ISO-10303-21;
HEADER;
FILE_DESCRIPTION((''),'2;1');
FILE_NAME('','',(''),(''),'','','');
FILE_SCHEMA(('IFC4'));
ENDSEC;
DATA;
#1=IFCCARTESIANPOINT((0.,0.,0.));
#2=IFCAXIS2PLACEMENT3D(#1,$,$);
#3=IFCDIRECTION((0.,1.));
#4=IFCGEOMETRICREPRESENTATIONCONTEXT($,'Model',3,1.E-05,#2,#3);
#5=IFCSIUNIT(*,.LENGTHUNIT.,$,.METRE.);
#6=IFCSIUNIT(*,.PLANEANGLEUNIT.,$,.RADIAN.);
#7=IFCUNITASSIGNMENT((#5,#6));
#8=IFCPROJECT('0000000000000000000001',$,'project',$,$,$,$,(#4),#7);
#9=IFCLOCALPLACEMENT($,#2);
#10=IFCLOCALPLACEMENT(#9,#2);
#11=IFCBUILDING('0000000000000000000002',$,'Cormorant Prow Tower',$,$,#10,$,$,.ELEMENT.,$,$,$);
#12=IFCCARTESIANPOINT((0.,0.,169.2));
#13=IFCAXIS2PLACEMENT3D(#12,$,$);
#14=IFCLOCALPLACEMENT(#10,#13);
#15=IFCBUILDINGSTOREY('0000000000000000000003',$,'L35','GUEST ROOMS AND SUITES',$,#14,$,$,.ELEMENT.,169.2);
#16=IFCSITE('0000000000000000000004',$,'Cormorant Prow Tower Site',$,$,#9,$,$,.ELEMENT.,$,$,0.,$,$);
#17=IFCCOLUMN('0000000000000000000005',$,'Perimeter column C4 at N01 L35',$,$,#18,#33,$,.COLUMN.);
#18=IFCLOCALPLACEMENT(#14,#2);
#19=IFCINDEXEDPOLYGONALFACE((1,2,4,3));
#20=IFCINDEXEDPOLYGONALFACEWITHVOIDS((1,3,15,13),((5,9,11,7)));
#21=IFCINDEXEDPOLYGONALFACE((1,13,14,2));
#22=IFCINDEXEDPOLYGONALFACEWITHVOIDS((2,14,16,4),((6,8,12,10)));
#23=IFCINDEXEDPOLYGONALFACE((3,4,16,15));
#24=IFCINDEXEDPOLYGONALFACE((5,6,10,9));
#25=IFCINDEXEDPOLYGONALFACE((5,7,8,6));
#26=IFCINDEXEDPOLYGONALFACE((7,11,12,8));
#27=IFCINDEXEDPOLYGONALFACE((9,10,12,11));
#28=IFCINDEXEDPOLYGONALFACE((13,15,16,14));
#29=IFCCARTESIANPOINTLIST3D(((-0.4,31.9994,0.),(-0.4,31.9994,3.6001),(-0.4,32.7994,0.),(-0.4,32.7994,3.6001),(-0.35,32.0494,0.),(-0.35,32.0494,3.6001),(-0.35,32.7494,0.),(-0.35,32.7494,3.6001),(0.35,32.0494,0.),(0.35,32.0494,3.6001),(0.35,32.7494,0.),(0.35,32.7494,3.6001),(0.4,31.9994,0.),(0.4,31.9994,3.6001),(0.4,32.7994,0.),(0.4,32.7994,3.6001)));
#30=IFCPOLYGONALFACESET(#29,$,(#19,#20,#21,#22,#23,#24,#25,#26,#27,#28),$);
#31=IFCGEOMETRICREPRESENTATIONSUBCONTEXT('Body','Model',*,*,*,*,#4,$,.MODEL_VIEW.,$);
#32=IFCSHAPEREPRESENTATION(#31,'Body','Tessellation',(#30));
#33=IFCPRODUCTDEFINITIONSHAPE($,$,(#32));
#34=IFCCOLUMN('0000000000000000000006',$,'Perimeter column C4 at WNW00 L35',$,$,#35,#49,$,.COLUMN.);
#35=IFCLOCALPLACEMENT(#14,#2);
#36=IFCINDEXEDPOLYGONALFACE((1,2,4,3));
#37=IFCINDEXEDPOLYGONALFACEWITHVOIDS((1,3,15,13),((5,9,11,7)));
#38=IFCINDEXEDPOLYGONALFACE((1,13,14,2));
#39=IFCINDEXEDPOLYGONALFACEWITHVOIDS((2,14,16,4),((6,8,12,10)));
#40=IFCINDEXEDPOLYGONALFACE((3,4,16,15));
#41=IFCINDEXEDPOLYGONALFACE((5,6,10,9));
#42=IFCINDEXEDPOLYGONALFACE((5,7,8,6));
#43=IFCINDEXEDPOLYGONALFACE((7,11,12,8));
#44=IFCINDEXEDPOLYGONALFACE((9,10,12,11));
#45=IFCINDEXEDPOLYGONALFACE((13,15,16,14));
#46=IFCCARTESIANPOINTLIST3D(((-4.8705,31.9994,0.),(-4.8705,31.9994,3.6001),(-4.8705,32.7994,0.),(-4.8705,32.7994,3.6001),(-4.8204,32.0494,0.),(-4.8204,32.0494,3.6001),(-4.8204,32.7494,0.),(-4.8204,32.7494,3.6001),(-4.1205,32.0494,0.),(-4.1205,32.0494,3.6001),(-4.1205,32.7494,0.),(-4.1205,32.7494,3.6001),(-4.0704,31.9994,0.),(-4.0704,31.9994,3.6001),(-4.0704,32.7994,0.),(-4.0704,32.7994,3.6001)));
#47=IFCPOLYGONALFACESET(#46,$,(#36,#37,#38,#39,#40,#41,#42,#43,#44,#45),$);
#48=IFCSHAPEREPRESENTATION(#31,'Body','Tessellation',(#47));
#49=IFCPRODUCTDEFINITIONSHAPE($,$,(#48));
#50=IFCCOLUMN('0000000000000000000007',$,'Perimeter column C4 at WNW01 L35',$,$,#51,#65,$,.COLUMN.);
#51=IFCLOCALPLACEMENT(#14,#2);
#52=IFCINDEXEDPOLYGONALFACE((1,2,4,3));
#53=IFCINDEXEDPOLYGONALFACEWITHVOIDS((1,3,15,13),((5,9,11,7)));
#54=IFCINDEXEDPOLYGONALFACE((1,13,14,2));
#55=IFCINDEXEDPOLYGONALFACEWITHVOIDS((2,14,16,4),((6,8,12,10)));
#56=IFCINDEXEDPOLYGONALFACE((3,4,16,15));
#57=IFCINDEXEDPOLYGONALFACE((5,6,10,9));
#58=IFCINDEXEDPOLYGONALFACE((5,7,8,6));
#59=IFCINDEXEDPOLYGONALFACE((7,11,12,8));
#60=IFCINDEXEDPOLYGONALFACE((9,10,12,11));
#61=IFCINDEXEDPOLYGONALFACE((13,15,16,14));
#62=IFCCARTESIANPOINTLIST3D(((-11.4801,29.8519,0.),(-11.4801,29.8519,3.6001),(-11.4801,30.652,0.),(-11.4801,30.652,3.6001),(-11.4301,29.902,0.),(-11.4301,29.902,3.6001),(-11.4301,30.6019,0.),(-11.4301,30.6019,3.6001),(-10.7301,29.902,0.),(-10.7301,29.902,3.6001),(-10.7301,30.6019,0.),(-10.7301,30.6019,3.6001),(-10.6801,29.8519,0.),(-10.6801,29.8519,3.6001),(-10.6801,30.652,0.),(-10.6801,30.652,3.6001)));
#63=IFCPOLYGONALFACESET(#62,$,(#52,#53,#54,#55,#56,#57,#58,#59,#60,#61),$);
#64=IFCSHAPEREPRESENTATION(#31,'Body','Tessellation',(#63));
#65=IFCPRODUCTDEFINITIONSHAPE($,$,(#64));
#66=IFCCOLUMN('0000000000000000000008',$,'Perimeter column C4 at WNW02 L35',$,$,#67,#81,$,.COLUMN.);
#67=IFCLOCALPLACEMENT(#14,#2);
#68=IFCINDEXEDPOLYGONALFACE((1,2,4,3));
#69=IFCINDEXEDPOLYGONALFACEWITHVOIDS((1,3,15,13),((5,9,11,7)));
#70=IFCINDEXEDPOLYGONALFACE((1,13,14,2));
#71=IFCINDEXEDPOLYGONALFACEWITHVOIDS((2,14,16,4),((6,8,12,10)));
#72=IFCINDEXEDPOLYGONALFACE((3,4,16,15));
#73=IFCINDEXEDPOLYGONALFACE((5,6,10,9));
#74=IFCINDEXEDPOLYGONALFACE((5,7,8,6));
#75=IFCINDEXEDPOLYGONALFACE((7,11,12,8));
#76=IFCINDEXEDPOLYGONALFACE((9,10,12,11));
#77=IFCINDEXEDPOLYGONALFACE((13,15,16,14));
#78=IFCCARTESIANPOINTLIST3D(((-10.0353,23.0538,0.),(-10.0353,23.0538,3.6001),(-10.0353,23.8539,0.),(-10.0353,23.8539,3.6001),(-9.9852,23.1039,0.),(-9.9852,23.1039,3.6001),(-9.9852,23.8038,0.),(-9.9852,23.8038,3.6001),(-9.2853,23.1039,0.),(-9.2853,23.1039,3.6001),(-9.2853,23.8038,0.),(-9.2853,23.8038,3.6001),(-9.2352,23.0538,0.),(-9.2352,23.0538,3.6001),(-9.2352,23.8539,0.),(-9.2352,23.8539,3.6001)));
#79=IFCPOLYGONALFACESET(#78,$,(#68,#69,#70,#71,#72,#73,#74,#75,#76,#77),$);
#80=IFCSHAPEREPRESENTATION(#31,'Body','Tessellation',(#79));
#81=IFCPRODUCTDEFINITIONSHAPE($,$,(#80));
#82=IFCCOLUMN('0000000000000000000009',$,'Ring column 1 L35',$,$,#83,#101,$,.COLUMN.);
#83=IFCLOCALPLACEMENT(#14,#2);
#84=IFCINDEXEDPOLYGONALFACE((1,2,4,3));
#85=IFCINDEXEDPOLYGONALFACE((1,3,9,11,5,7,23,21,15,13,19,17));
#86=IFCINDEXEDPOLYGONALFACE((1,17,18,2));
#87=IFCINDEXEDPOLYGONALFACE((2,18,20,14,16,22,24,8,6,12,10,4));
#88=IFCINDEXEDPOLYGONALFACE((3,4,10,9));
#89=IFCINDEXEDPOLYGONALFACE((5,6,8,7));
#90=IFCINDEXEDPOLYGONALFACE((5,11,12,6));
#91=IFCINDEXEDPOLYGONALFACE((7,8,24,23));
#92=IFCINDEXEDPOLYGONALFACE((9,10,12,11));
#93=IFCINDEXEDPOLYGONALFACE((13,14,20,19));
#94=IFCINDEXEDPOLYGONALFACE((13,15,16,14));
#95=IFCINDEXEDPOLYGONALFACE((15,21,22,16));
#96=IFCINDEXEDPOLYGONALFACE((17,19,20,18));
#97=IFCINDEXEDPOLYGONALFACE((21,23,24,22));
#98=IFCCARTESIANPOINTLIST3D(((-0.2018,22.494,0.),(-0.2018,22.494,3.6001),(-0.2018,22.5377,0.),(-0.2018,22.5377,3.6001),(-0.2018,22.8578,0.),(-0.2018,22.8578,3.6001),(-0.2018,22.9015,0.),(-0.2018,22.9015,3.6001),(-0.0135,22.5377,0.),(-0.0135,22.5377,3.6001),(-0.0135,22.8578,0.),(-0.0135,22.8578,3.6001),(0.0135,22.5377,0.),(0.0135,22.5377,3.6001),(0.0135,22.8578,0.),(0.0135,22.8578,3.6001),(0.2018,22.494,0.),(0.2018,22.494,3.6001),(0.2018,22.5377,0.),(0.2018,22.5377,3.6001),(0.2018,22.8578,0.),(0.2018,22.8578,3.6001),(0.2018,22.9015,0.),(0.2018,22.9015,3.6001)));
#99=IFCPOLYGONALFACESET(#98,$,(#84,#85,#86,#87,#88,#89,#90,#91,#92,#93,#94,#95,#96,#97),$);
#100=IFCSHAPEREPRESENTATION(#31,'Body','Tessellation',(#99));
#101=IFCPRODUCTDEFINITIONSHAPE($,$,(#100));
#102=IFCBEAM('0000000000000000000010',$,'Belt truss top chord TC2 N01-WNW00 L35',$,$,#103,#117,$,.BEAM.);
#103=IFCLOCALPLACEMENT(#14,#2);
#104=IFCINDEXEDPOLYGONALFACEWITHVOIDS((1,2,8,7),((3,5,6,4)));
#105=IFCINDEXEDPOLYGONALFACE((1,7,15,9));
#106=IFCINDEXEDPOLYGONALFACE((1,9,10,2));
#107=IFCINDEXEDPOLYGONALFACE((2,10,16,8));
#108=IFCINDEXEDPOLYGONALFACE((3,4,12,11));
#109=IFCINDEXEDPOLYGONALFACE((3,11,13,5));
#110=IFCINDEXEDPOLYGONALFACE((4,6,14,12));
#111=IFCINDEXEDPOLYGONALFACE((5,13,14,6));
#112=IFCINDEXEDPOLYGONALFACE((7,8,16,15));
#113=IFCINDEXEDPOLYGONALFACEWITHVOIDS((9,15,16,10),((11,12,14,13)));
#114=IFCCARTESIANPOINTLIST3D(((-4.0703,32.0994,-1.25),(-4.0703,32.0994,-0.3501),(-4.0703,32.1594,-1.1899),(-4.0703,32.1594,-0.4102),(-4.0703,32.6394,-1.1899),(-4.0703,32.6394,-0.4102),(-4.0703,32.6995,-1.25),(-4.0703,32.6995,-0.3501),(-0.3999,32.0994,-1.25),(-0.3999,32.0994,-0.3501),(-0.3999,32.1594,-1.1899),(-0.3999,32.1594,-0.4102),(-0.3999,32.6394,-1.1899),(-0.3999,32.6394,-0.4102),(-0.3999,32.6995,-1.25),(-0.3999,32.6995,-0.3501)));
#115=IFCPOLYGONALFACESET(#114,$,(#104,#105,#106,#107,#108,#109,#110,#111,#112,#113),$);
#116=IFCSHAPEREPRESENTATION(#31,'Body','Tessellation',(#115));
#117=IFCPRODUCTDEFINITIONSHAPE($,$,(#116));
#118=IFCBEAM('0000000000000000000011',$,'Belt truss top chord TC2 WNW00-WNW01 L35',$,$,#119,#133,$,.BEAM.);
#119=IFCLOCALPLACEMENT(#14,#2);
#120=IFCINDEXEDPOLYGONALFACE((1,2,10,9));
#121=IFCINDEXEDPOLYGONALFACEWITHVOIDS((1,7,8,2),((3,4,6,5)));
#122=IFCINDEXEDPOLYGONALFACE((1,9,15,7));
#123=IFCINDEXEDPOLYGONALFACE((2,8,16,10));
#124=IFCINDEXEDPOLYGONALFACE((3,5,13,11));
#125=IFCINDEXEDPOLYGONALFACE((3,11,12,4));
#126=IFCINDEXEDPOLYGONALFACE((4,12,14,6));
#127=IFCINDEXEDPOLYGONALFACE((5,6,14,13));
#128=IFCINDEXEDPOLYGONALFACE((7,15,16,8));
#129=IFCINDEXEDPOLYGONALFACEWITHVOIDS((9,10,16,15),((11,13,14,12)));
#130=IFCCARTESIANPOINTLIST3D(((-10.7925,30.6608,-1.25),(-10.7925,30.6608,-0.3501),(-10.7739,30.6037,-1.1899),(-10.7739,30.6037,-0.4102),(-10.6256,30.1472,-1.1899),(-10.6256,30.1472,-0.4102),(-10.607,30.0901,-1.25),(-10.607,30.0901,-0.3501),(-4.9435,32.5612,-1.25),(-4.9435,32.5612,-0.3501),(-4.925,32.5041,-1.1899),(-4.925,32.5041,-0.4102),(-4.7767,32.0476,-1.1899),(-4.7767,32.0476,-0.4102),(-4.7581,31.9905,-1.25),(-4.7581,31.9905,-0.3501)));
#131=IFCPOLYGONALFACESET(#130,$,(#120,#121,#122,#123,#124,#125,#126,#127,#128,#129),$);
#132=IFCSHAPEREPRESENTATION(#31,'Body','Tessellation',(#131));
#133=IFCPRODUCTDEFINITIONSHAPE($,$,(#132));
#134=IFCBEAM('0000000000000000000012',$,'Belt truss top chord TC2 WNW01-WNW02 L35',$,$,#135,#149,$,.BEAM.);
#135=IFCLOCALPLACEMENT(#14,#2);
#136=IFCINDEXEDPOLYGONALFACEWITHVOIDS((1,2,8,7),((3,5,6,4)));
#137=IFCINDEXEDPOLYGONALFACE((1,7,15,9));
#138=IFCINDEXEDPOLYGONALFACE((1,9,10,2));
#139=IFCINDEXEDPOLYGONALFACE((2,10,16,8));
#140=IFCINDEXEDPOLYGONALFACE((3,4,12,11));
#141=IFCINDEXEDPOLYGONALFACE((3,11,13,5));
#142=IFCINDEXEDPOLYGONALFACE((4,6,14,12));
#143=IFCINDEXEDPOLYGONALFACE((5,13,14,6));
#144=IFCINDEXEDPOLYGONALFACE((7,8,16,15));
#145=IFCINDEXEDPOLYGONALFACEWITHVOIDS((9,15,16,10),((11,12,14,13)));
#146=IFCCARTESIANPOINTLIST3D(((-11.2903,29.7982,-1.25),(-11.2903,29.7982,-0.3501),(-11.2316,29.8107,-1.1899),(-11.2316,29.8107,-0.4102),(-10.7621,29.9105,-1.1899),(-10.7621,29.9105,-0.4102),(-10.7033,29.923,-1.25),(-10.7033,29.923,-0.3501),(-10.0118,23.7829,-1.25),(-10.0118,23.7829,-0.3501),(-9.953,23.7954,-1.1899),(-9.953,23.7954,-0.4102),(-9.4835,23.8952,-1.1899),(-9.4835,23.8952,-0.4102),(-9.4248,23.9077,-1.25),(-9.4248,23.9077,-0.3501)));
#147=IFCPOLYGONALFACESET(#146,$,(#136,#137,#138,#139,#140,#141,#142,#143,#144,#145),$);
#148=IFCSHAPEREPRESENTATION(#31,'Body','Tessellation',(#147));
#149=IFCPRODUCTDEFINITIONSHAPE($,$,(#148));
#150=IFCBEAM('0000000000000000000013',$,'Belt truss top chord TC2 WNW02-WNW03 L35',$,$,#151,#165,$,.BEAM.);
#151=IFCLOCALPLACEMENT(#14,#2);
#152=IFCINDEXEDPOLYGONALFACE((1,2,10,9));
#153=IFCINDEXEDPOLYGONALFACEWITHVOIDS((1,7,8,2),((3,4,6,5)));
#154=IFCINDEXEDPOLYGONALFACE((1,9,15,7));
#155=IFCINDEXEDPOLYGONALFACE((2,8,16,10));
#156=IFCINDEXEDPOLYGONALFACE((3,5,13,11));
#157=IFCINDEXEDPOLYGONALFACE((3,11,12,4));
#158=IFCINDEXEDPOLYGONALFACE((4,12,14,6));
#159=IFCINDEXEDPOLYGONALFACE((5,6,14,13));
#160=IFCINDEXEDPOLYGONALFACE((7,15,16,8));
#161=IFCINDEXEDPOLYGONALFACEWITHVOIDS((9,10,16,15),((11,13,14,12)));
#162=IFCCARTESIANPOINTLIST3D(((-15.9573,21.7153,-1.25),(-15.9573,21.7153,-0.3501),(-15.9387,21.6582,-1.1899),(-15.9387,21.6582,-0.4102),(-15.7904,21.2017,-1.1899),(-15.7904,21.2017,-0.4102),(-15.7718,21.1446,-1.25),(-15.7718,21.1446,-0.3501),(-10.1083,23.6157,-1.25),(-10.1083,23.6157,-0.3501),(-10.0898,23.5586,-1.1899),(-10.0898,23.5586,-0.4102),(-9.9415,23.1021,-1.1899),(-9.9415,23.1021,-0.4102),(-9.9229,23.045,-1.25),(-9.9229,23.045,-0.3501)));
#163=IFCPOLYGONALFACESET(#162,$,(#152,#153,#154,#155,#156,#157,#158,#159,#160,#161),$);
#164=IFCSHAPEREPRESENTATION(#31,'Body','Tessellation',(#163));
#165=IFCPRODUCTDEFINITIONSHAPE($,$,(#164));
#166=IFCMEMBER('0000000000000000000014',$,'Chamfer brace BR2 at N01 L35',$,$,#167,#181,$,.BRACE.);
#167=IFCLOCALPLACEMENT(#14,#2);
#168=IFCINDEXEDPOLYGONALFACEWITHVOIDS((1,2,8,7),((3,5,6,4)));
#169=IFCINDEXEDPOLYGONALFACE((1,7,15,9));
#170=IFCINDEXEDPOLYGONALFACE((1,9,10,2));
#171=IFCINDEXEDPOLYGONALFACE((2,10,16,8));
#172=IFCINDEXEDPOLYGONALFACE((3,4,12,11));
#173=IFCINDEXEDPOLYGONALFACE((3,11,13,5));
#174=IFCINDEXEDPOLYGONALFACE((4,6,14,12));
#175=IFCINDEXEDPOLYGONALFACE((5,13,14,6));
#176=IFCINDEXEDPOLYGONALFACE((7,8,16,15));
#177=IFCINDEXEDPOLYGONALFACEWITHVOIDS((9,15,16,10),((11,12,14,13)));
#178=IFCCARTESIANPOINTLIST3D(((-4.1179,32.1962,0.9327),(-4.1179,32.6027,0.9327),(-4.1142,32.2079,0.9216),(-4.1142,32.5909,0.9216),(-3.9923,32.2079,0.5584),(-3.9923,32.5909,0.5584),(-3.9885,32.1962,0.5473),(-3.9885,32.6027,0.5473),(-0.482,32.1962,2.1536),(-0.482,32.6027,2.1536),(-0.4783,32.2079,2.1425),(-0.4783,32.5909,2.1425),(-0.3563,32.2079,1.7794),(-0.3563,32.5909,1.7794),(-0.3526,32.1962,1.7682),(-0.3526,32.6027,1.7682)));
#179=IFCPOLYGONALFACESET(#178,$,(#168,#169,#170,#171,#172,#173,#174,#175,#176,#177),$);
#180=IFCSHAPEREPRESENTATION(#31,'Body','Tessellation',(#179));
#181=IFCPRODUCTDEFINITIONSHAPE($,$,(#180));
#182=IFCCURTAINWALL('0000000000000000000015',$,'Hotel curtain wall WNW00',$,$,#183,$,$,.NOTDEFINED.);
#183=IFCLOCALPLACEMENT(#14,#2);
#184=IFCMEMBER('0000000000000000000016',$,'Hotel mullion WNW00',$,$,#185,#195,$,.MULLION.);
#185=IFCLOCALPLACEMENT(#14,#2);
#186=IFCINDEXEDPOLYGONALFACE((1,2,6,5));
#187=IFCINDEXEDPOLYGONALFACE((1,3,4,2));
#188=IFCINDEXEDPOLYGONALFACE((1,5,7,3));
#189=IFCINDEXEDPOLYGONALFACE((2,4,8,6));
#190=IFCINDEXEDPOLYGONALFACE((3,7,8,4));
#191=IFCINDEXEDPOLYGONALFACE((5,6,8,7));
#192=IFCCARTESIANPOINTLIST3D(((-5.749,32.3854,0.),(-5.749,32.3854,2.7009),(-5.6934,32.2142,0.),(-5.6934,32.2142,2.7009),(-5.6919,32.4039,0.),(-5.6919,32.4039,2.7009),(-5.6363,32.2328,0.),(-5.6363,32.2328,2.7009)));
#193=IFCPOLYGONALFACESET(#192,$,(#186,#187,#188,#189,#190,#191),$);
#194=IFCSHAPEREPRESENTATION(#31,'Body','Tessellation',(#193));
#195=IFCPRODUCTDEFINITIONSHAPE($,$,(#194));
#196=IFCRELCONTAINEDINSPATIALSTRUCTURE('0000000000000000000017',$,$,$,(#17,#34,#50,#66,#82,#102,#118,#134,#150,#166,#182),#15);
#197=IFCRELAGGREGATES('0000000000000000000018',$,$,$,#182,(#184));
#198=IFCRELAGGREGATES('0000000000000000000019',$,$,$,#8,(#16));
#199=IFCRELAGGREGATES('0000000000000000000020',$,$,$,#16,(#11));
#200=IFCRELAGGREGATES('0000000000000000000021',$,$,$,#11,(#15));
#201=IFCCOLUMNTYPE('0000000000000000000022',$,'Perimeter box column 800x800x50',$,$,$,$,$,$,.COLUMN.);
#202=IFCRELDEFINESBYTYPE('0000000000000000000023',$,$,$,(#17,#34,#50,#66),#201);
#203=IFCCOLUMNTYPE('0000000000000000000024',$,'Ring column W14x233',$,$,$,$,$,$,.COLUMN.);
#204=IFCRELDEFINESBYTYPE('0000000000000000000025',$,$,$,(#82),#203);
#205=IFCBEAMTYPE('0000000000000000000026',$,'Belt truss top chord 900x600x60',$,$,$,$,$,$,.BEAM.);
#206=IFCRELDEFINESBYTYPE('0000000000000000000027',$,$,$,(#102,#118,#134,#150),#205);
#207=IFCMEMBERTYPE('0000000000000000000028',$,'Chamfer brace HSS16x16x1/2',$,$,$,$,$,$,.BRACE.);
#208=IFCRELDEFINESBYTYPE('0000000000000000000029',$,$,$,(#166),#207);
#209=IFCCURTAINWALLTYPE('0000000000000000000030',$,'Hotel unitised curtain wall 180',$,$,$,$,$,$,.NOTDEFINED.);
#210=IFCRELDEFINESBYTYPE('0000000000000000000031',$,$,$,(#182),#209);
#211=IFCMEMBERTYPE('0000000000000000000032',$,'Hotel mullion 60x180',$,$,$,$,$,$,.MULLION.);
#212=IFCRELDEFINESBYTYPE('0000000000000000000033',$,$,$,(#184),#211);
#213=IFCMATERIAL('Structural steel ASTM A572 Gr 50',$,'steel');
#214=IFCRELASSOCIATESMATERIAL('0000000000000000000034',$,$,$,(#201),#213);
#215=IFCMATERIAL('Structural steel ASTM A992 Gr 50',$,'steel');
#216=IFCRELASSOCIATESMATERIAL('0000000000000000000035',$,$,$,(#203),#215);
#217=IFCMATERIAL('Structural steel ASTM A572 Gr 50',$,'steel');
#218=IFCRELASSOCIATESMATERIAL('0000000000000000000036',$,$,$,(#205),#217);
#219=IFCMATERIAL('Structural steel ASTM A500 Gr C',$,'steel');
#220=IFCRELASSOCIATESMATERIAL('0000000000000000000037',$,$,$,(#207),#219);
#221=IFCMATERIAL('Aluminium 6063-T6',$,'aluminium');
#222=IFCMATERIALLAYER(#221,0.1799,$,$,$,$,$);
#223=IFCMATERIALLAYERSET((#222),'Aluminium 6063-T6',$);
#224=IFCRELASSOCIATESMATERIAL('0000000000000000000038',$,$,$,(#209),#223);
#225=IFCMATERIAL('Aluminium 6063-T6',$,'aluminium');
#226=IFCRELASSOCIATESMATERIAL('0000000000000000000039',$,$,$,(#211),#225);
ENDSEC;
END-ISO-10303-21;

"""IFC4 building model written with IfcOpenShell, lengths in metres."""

from ifc_helpers import new_model, si_unit, direction, frame, origin, origin_2d, place, context, subcontext, project, spatial, rectangle, hollow_rectangle, i_section, extrude, material, layer, layer_set, material_profile, profile_set, type_object, element, aggregate, save


model = new_model("IFC4")

# Units and contexts
model_context = context("Model", 3, precision=1e-05, world=origin(), true_north=direction((0.0, 1.0)))
body_context = subcontext(model_context, "Body", "Model", "MODEL_VIEW")
ifc_project = project(units=[si_unit("LENGTHUNIT", "METRE"), si_unit("PLANEANGLEUNIT", "RADIAN")], contexts=[model_context])

# Site, building, storey
site_placement = place(None, origin())
site = spatial("IfcSite", under=ifc_project, at=site_placement, Name="Cormorant Prow Tower Site", CompositionType="ELEMENT", RefElevation=0.0)
building_placement = place(site_placement, origin())
building = spatial("IfcBuilding", under=site, at=building_placement, Name="Cormorant Prow Tower", CompositionType="ELEMENT")
storey_placement = place(building_placement, frame((0.0, 0.0, 169.2)))
storey = spatial("IfcBuildingStorey", under=building, at=storey_placement, Name="L35", Description="GUEST ROOMS AND SUITES", CompositionType="ELEMENT", Elevation=169.2)

# Columns
ifc_material_1 = material(Name="Structural steel ASTM A572 Gr 50", Category="steel")
ifc_material_profile_1 = material_profile(ifc_material_1, hollow_rectangle(XDim=0.8, YDim=0.8, WallThickness=0.05, at=origin_2d()), Name="Box 800x800x50")
ifc_profile_set_1 = profile_set([ifc_material_profile_1], Name="Structural steel ASTM A572 Gr 50")
column_type_1 = type_object("IfcColumnType", Name="Perimeter box column 800x800x50", PredefinedType="COLUMN", material=ifc_profile_set_1)
for number, where, z_axis, x_axis, name in (
    (1, (0.0, 32.3994, 0.0), (0.0, 0.0, 1.0), (1.0, 0.0, 0.0), "Perimeter column C4 at N01 L35"),
    (2, (-4.4705, 32.3994, 0.0), (0.0, 0.0, 1.0), (1.0, 0.0, 0.0), "Perimeter column C4 at WNW00 L35"),
    (3, (-11.0801, 30.252, 0.0), (0.0, 0.0, 1.0), (1.0, 0.0, 0.0), "Perimeter column C4 at WNW01 L35"),
    (4, (-9.6353, 23.4539, 0.0), (0.0, 0.0, 1.0), (1.0, 0.0, 0.0), "Perimeter column C4 at WNW02 L35"),
):
    element("IfcColumn", number, at=place(storey_placement, frame(where, z_axis=z_axis, x_axis=x_axis)), inside=storey, type_object=column_type_1, Name=name, PredefinedType="COLUMN", context=body_context, shape_type="SweptSolid", body=[
        extrude(hollow_rectangle(XDim=0.8, YDim=0.8, WallThickness=0.05, at=origin_2d()), origin(), (0.0, 0.0, 1.0), 3.6001),
    ])
ifc_material_2 = material(Name="Structural steel ASTM A992 Gr 50", Category="steel")
ifc_material_profile_2 = material_profile(ifc_material_2, i_section(OverallWidth=0.4036, OverallDepth=0.4075, WebThickness=0.0271, FlangeThickness=0.0437, at=origin_2d()), Name="W14x233")
ifc_profile_set_2 = profile_set([ifc_material_profile_2], Name="Structural steel ASTM A992 Gr 50")
column_type_2 = type_object("IfcColumnType", Name="Ring column W14x233", PredefinedType="COLUMN", material=ifc_profile_set_2)
column_placement = place(storey_placement, frame((0.0, 22.6978, 0.0), z_axis=(0.0, 0.0, 1.0), x_axis=(1.0, 0.0, 0.0)))
element("IfcColumn", 5, at=column_placement, inside=storey, type_object=column_type_2, Name="Ring column 1 L35", PredefinedType="COLUMN", context=body_context, shape_type="SweptSolid", body=[
    extrude(i_section(OverallWidth=0.4036, OverallDepth=0.4075, WebThickness=0.0271, FlangeThickness=0.0437, at=origin_2d()), origin(), (0.0, 0.0, 1.0), 3.6001),
])

# Beams
ifc_material_3 = material(Name="Structural steel ASTM A572 Gr 50", Category="steel")
ifc_material_profile_3 = material_profile(ifc_material_3, hollow_rectangle(XDim=0.6001, YDim=0.8999, WallThickness=0.0601, at=origin_2d()), Name="Box 900x600x60")
ifc_profile_set_3 = profile_set([ifc_material_profile_3], Name="Structural steel ASTM A572 Gr 50")
beam_type = type_object("IfcBeamType", Name="Belt truss top chord 900x600x60", PredefinedType="BEAM", material=ifc_profile_set_3)
beam_1_placement = place(storey_placement, frame((-0.3999, 32.3994, -0.8), z_axis=(-1.0, 0.0, 0.0), x_axis=(0.0, -1.0, 0.0)))
element("IfcBeam", 6, at=beam_1_placement, inside=storey, type_object=beam_type, Name="Belt truss top chord TC2 N01-WNW00 L35", PredefinedType="BEAM", context=body_context, shape_type="SweptSolid", body=[
    extrude(hollow_rectangle(XDim=0.6001, YDim=0.8999, WallThickness=0.0601, at=origin_2d()), origin(), (0.0, 0.0, 1.0), 3.6704),
])
beam_2_placement = place(storey_placement, frame((-4.8508, 32.2759, -0.8), z_axis=(-0.951058, -0.309013, 0.0), x_axis=(0.309013, -0.951058, 0.0)))
element("IfcBeam", 7, at=beam_2_placement, inside=storey, type_object=beam_type, Name="Belt truss top chord TC2 WNW00-WNW01 L35", PredefinedType="BEAM", context=body_context, shape_type="SweptSolid", body=[
    extrude(hollow_rectangle(XDim=0.6001, YDim=0.8999, WallThickness=0.0601, at=origin_2d()), origin(), (0.0, 0.0, 1.0), 6.1499),
])
beam_3_placement = place(storey_placement, frame((-10.9968, 29.8606, -0.8), z_axis=(0.207905, -0.978149, 0.0), x_axis=(0.978149, 0.207905, 0.0)))
element("IfcBeam", 8, at=beam_3_placement, inside=storey, type_object=beam_type, Name="Belt truss top chord TC2 WNW01-WNW02 L35", PredefinedType="BEAM", context=body_context, shape_type="SweptSolid", body=[
    extrude(hollow_rectangle(XDim=0.6001, YDim=0.8999, WallThickness=0.0601, at=origin_2d()), origin(), (0.0, 0.0, 1.0), 6.1497),
])
beam_4_placement = place(storey_placement, frame((-10.0156, 23.3303, -0.8), z_axis=(-0.951058, -0.309013, 0.0), x_axis=(0.309013, -0.951058, 0.0)))
element("IfcBeam", 9, at=beam_4_placement, inside=storey, type_object=beam_type, Name="Belt truss top chord TC2 WNW02-WNW03 L35", PredefinedType="BEAM", context=body_context, shape_type="SweptSolid", body=[
    extrude(hollow_rectangle(XDim=0.6001, YDim=0.8999, WallThickness=0.0601, at=origin_2d()), origin(), (0.0, 0.0, 1.0), 6.1499),
])

# Member
ifc_material_4 = material(Name="Structural steel ASTM A500 Gr C", Category="steel")
ifc_material_profile_4 = material_profile(ifc_material_4, hollow_rectangle(XDim=0.4065, YDim=0.4065, WallThickness=0.0117, at=origin_2d()), Name="HSS16x16x1/2")
ifc_profile_set_4 = profile_set([ifc_material_profile_4], Name="Structural steel ASTM A500 Gr C")
member_type_1 = type_object("IfcMemberType", Name="Chamfer brace HSS16x16x1/2", PredefinedType="BRACE", material=ifc_profile_set_4)
member_1_placement = place(storey_placement, frame((-4.0532, 32.3994, 0.74), z_axis=(0.947981, 0.0, 0.318328), x_axis=(0.0, 1.0, 0.0)))
element("IfcMember", 10, at=member_1_placement, inside=storey, type_object=member_type_1, Name="Chamfer brace BR2 at N01 L35", PredefinedType="BRACE", context=body_context, shape_type="SweptSolid", body=[
    extrude(hollow_rectangle(XDim=0.4065, YDim=0.4065, WallThickness=0.0117, at=origin_2d()), origin(), (0.0, 0.0, 1.0), 3.8354),
])

# Curtain wall, member
ifc_material_5 = material(Name="Aluminium 6063-T6", Category="aluminium")
ifc_layer_1 = layer(ifc_material_5, 0.1799)
ifc_layer_set_1 = layer_set([ifc_layer_1], Name="Aluminium 6063-T6")
curtain_wall_type = type_object("IfcCurtainWallType", Name="Hotel unitised curtain wall 180", PredefinedType="NOTDEFINED", material=ifc_layer_set_1)
curtain_wall_1_placement = place(storey_placement, origin())
curtain_wall_1 = element("IfcCurtainWall", 11, at=curtain_wall_1_placement, inside=storey, type_object=curtain_wall_type, Name="Hotel curtain wall WNW00", PredefinedType="NOTDEFINED")
ifc_material_6 = material(Name="Aluminium 6063-T6", Category="aluminium")
ifc_material_profile_5 = material_profile(ifc_material_6, rectangle(XDim=0.1799, YDim=0.0601, at=origin_2d()), Name="Hotel mullion 60x180")
ifc_profile_set_5 = profile_set([ifc_material_profile_5], Name="Aluminium 6063-T6")
member_type_2 = type_object("IfcMemberType", Name="Hotel mullion 60x180", PredefinedType="MULLION", material=ifc_profile_set_5)
member_2_placement = place(storey_placement, frame((-5.6926, 32.3091, 0.0), z_axis=(0.0, 0.0, 1.0), x_axis=(0.309017, -0.951056, 0.0)))
member_2 = element("IfcMember", 12, at=member_2_placement, type_object=member_type_2, Name="Hotel mullion WNW00", PredefinedType="MULLION", context=body_context, shape_type="SweptSolid", body=[
    extrude(rectangle(XDim=0.1799, YDim=0.0601, at=origin_2d()), origin(), (0.0, 0.0, 1.0), 2.7009),
])

aggregate(curtain_wall_1, [member_2])

save(model, "model.ifc")
